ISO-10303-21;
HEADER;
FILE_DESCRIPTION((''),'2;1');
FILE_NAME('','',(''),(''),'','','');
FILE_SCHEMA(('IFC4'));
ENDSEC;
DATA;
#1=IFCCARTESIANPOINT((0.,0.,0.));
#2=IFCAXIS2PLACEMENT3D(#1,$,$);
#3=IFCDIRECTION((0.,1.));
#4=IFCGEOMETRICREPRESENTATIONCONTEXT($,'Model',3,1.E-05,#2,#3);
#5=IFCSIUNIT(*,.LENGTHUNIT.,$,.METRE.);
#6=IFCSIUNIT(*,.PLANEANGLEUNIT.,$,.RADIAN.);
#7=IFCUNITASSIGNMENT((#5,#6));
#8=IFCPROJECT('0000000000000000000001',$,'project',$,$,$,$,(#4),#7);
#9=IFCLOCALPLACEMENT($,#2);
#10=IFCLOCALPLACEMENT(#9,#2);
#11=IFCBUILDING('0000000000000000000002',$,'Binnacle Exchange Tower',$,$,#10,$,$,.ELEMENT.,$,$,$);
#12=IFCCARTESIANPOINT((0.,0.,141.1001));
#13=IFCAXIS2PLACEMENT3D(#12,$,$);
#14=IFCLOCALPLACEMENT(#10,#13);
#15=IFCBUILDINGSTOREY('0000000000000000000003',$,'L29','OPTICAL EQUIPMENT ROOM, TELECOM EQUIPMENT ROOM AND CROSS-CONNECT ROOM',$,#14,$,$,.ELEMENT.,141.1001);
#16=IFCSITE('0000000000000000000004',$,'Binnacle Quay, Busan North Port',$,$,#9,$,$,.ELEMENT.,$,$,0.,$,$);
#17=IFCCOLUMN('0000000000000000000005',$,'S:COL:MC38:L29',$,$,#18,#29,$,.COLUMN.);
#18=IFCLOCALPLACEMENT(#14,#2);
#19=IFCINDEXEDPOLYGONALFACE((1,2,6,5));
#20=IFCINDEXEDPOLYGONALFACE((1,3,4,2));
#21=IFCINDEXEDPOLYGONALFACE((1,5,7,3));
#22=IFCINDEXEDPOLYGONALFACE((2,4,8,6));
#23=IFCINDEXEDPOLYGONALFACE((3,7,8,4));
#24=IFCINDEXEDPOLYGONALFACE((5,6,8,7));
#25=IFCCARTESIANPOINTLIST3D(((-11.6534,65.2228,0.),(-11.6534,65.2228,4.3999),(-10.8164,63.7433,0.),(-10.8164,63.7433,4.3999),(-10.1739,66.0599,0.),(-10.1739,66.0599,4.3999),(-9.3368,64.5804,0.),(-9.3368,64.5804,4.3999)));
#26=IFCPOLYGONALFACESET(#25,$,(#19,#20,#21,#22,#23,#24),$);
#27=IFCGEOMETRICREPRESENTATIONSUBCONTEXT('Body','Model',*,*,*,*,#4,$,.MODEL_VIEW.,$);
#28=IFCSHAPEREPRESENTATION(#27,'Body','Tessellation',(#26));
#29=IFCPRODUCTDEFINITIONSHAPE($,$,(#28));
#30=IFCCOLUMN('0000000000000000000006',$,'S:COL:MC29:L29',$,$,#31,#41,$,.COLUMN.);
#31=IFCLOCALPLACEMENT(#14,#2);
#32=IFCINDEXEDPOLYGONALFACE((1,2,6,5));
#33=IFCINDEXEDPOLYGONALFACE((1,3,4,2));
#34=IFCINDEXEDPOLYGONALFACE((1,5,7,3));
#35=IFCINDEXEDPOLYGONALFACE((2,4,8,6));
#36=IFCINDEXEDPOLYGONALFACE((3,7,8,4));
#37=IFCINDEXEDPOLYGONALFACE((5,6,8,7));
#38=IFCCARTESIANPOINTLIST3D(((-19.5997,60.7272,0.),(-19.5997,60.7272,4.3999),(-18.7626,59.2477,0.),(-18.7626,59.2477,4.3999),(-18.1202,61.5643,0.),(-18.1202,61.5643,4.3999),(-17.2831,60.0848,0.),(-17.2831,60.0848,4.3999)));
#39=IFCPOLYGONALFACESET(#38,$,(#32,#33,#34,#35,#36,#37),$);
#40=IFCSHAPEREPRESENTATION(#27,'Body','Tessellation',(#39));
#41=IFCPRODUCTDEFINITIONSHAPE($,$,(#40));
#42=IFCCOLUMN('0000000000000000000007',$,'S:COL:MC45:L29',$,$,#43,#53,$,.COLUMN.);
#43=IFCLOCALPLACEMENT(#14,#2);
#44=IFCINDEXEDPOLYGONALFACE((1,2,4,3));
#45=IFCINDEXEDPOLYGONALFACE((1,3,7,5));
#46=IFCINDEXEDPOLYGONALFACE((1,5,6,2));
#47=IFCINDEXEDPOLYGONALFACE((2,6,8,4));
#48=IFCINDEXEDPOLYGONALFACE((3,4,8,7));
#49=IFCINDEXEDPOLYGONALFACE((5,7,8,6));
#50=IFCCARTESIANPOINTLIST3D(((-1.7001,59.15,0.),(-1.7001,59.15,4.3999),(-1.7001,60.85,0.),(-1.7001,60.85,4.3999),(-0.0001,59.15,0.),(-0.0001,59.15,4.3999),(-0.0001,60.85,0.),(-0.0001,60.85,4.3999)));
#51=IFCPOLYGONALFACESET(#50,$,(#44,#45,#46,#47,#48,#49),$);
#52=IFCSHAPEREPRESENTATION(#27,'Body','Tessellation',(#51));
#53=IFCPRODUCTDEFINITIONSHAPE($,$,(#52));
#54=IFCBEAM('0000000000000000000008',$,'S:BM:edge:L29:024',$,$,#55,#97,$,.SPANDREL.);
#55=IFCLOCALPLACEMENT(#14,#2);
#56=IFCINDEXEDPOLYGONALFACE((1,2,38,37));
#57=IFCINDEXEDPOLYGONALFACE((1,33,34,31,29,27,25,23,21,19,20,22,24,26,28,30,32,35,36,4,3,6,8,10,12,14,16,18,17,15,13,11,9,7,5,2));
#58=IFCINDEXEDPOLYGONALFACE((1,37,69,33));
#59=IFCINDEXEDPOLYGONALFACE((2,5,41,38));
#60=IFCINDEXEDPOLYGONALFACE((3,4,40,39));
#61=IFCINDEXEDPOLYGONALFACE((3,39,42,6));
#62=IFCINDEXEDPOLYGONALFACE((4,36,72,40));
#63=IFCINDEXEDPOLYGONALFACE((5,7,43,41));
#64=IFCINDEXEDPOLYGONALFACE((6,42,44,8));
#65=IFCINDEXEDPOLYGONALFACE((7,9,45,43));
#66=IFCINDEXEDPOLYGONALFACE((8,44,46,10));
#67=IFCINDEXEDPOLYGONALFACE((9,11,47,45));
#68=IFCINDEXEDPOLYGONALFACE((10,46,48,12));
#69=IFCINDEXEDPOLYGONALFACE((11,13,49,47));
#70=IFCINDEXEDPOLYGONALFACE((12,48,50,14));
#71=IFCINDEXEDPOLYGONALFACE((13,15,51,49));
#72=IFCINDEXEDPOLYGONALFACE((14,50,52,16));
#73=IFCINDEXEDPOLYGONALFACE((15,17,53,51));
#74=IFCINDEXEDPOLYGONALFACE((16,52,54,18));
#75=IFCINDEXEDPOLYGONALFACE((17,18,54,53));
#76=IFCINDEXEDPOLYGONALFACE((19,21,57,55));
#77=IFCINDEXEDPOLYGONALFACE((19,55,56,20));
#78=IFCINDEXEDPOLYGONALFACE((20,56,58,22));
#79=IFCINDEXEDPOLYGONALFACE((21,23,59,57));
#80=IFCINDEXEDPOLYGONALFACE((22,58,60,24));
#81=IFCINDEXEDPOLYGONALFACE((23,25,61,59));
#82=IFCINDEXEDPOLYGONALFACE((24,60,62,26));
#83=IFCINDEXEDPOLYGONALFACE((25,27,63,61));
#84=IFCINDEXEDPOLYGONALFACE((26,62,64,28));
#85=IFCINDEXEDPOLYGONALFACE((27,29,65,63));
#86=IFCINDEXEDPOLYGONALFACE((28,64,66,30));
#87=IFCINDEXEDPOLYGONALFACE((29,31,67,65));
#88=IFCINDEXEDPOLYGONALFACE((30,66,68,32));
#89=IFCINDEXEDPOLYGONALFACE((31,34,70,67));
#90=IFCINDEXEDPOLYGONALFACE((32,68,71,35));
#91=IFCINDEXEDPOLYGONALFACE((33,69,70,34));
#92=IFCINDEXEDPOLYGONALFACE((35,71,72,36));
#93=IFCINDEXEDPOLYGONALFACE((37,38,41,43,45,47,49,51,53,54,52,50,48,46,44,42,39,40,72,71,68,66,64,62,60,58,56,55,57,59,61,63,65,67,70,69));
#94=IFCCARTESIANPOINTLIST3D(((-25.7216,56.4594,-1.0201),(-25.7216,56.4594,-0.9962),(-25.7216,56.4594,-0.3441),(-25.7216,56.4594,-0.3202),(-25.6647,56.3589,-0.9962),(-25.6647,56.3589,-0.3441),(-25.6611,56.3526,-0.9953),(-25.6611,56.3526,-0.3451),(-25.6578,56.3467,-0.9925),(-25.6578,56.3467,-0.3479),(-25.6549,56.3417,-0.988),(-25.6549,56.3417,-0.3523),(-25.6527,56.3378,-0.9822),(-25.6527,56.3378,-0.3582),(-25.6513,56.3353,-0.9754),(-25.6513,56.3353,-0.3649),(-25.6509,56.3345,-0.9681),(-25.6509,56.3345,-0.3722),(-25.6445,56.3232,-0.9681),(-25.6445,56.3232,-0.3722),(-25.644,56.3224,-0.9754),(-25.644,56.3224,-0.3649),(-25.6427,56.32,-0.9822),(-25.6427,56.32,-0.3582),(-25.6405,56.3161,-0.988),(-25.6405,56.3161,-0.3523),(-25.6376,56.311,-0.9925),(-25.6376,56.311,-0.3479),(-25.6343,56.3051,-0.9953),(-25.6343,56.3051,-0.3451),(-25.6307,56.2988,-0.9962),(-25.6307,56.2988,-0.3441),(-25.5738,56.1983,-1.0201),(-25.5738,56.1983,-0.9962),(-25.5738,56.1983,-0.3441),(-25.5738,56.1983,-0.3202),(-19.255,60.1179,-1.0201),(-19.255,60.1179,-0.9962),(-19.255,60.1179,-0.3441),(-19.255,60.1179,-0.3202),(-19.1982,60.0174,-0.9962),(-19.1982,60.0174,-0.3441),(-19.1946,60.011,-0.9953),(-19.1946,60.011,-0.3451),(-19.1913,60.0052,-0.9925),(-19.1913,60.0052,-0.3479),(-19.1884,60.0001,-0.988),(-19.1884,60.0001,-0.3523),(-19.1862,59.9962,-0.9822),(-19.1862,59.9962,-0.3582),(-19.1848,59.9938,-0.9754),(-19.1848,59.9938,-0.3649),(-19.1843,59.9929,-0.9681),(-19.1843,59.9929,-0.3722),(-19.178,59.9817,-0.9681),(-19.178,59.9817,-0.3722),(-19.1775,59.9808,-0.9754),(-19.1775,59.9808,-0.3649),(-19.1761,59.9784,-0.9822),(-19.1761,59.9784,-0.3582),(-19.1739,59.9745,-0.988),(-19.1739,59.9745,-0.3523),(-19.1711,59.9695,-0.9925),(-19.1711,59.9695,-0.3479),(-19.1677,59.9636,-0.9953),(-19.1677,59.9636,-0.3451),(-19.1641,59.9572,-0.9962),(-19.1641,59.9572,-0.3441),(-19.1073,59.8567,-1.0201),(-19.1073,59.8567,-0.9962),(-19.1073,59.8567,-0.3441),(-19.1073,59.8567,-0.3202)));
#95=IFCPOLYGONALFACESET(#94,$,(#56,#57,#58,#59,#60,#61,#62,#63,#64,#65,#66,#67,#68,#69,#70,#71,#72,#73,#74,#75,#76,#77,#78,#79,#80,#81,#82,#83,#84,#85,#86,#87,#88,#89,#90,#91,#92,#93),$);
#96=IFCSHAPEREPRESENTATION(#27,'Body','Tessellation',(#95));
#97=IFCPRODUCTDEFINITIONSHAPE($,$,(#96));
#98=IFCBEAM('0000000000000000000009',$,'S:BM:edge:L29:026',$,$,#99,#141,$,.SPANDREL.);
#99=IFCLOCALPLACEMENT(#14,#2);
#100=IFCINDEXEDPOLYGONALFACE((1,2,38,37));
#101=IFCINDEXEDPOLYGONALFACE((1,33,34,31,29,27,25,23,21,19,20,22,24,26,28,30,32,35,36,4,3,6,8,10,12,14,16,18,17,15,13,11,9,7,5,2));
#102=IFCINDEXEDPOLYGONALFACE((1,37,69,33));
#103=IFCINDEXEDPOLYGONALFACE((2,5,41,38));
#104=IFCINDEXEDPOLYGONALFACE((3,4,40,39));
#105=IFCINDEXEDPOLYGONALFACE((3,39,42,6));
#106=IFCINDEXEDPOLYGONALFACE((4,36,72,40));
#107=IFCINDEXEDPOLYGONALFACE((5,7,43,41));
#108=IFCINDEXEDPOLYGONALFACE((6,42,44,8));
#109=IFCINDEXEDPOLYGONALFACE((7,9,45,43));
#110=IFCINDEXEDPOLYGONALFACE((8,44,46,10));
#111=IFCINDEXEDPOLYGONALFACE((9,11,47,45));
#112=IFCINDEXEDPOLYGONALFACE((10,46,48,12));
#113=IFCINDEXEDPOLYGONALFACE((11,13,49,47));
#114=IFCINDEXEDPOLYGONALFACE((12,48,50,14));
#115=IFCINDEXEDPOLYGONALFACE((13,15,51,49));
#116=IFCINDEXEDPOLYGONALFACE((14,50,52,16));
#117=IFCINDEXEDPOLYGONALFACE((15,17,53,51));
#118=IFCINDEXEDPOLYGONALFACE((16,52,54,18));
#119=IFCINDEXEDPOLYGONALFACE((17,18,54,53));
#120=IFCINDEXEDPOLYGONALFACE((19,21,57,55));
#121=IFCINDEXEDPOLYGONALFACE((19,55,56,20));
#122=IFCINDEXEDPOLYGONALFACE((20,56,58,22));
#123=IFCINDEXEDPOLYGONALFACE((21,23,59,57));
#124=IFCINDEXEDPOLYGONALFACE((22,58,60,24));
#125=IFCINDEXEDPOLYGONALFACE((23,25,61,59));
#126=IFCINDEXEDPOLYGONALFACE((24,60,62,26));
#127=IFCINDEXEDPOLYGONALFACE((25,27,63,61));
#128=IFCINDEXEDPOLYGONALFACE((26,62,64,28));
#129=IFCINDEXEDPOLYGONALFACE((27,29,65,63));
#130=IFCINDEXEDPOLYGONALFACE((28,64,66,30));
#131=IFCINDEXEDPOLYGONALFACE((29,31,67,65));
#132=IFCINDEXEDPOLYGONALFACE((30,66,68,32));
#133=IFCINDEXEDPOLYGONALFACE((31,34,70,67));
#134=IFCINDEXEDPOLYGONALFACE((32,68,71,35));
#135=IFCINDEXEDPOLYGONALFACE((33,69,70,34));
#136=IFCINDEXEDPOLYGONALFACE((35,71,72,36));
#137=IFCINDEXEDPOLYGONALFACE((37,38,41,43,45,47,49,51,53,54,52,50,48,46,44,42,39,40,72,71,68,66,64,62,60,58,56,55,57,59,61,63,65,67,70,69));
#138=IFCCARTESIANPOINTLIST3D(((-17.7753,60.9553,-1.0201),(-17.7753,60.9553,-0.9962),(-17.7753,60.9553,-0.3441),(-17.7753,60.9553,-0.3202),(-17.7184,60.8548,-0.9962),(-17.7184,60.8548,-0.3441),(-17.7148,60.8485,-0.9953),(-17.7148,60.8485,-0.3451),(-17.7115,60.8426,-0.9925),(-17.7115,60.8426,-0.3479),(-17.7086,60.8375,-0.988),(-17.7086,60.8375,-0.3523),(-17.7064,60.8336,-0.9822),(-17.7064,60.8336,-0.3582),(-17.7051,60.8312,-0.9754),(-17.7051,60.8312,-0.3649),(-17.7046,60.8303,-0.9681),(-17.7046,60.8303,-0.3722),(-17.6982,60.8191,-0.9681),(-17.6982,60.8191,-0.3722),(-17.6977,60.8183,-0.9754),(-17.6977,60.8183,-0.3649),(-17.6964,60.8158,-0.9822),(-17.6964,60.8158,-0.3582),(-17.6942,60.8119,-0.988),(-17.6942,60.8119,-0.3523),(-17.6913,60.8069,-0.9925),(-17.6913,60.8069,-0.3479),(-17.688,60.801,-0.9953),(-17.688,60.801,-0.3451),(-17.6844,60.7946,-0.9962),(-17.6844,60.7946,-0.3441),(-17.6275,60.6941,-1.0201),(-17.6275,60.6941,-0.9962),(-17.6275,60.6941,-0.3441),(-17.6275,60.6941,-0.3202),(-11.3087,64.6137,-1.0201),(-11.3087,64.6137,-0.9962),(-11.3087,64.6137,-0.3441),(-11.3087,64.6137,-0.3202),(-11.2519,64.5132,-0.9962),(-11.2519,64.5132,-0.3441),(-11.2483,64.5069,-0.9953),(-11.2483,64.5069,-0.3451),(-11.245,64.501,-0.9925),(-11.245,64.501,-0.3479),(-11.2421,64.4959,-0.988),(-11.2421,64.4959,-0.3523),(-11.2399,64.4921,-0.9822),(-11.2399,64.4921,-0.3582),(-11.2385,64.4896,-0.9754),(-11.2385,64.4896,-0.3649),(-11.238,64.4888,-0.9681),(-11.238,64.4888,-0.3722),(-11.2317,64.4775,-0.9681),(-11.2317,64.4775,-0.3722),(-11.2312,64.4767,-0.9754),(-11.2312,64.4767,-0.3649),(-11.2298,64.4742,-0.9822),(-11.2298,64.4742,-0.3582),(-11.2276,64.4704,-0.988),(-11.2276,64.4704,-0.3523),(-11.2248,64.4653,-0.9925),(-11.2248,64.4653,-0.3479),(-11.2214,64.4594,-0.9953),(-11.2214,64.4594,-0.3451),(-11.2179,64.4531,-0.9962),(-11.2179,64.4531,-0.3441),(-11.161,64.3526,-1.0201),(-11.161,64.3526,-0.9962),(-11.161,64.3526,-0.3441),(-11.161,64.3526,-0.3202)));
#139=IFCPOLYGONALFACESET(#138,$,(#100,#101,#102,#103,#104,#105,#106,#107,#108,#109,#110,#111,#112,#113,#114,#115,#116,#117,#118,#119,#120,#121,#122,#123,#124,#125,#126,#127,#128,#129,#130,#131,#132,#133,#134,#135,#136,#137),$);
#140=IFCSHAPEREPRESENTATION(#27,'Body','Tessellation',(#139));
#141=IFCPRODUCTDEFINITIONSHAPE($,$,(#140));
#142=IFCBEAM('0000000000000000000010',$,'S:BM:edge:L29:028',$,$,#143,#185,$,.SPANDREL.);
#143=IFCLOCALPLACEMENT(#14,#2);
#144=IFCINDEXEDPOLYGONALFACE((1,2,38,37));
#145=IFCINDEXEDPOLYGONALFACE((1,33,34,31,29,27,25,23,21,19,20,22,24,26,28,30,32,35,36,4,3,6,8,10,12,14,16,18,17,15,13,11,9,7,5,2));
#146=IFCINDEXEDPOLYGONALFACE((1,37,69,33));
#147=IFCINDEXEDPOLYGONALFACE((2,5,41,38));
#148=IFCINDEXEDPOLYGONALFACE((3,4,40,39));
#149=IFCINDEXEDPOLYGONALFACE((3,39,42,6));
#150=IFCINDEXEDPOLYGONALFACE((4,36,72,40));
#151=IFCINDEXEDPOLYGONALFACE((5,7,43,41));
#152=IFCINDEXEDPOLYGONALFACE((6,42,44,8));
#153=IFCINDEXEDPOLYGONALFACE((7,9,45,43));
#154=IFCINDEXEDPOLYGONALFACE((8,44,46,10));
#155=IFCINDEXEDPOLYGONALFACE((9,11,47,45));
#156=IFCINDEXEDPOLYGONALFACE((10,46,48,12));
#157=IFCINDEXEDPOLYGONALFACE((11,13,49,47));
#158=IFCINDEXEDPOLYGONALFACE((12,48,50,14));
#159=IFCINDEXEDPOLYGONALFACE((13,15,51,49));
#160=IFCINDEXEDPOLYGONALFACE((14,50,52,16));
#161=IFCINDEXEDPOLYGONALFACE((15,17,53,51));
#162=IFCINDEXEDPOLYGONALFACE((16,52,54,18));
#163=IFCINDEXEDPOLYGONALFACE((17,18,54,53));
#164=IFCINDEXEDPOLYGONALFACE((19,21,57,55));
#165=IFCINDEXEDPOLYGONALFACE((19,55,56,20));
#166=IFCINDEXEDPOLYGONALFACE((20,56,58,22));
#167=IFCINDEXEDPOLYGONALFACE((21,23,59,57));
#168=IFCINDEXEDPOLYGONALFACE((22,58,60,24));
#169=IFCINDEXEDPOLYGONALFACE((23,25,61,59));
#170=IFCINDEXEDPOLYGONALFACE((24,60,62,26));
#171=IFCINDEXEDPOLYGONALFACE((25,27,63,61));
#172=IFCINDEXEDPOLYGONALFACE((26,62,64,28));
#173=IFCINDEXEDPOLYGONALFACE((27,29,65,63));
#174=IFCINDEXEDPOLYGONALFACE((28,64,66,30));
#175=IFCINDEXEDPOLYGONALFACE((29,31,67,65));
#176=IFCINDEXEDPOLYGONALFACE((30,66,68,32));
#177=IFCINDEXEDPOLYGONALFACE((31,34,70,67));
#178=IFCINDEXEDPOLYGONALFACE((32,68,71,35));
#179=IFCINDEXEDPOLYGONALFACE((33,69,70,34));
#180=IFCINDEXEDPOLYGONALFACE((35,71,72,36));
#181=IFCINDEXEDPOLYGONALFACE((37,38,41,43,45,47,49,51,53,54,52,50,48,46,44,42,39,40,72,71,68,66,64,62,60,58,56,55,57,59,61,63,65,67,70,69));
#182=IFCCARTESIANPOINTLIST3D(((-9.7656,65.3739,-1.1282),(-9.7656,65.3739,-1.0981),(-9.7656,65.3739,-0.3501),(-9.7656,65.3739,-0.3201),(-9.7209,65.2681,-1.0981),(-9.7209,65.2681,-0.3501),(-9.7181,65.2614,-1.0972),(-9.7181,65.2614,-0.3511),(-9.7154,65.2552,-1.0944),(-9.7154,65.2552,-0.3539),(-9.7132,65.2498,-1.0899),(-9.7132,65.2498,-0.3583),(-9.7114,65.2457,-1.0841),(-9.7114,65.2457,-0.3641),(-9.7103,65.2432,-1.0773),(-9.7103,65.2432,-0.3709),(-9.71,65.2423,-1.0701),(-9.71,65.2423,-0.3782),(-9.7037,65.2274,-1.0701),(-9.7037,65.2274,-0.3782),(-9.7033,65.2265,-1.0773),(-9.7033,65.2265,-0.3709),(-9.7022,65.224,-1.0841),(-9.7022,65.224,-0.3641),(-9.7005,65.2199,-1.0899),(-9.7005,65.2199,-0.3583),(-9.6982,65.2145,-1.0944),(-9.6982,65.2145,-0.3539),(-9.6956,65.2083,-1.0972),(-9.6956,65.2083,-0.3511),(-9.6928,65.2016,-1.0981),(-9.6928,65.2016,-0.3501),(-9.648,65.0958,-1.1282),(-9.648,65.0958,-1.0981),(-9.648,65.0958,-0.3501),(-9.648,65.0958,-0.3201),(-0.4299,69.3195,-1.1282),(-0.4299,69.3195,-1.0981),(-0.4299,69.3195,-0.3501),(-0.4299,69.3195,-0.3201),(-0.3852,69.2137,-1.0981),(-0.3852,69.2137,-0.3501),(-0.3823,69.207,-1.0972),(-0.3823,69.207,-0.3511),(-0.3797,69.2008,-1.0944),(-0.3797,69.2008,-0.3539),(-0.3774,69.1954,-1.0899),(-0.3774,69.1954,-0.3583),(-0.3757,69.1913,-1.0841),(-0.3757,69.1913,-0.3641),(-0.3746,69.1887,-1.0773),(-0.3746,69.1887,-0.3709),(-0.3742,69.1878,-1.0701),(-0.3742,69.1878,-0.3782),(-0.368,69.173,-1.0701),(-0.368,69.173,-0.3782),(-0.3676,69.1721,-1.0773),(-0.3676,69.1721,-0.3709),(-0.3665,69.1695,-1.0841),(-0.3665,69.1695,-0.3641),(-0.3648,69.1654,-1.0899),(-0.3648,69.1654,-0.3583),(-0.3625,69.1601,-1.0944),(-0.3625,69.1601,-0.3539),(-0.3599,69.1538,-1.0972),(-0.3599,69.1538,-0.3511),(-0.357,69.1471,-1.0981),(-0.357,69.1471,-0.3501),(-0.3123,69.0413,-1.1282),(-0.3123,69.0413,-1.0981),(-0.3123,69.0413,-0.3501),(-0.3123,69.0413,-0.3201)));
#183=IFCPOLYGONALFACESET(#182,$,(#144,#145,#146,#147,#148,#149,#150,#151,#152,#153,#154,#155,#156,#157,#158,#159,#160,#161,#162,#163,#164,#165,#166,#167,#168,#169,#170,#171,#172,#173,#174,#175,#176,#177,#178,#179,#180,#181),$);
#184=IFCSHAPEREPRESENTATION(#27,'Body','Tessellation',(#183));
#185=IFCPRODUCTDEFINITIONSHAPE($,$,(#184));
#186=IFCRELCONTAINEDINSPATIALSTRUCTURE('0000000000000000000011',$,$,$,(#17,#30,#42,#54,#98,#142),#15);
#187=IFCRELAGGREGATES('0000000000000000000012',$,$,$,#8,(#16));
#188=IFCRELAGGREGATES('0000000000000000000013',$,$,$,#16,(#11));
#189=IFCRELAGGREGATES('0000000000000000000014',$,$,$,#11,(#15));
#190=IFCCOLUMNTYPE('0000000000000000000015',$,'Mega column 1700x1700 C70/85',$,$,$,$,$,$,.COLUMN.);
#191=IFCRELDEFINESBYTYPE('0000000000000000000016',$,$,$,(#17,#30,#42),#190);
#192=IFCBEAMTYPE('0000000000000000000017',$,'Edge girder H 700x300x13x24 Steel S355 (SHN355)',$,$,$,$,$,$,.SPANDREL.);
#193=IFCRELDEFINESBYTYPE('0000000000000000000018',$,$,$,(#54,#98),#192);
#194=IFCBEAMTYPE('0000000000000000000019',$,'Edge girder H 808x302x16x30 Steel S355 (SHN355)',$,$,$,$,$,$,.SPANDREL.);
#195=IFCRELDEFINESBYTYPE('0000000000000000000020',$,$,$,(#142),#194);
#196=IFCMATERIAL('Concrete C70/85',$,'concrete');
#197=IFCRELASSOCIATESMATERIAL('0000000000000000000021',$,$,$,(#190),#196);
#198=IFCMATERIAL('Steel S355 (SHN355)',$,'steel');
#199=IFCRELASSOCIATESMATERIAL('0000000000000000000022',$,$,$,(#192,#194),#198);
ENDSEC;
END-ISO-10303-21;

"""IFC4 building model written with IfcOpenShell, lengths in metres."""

from ifc_helpers import new_model, si_unit, direction, frame, origin, origin_2d, place, context, subcontext, project, spatial, rectangle, i_section, extrude, material, material_profile, profile_set, type_object, element, save


model = new_model("IFC4")

# Units and contexts
model_context = context("Model", 3, precision=1e-05, world=origin(), true_north=direction((0.0, 1.0)))
body_context = subcontext(model_context, "Body", "Model", "MODEL_VIEW")
ifc_project = project(units=[si_unit("LENGTHUNIT", "METRE"), si_unit("PLANEANGLEUNIT", "RADIAN")], contexts=[model_context])

# Site, building, storey
site_placement = place(None, origin())
site = spatial("IfcSite", under=ifc_project, at=site_placement, Name="Binnacle Quay, Busan North Port", CompositionType="ELEMENT", RefElevation=0.0)
building_placement = place(site_placement, origin())
building = spatial("IfcBuilding", under=site, at=building_placement, Name="Binnacle Exchange Tower", CompositionType="ELEMENT")
storey_placement = place(building_placement, frame((0.0, 0.0, 141.1001)))
storey = spatial("IfcBuildingStorey", under=building, at=storey_placement, Name="L29", Description="OPTICAL EQUIPMENT ROOM, TELECOM EQUIPMENT ROOM AND CROSS-CONNECT ROOM", CompositionType="ELEMENT", Elevation=141.1001)

# Columns
ifc_material_1 = material(Name="Concrete C70/85", Category="concrete")
ifc_material_profile_1 = material_profile(ifc_material_1, rectangle(XDim=1.7, YDim=1.7, at=origin_2d()), Name="Mega column 1700x1700 C70/85")
ifc_profile_set_1 = profile_set([ifc_material_profile_1], Name="Concrete C70/85")
column_type = type_object("IfcColumnType", Name="Mega column 1700x1700 C70/85", PredefinedType="COLUMN", material=ifc_profile_set_1)
for number, where, z_axis, x_axis, name in (
    (1, (-10.4951, 64.9016, 0.0), (0.0, 0.0, 1.0), (-0.870356, -0.492424, 0.0), "S:COL:MC38:L29"),
    (2, (-18.4414, 60.406, 0.0), (0.0, 0.0, 1.0), (-0.870356, -0.492424, 0.0), "S:COL:MC29:L29"),
    (3, (-0.8501, 60.0, 0.0), (0.0, 0.0, 1.0), (0.0, 1.0, 0.0), "S:COL:MC45:L29"),
):
    element("IfcColumn", number, at=place(storey_placement, frame(where, z_axis=z_axis, x_axis=x_axis)), inside=storey, type_object=column_type, Name=name, PredefinedType="COLUMN", context=body_context, shape_type="SweptSolid", body=[
        extrude(rectangle(XDim=1.7, YDim=1.7, at=origin_2d()), origin(), (0.0, 0.0, 1.0), 4.3999),
    ])

# Beams
ifc_material_2 = material(Name="Steel S355 (SHN355)", Category="steel")
ifc_material_profile_2 = material_profile(ifc_material_2, i_section(OverallWidth=0.3, OverallDepth=0.7, WebThickness=0.0129, FlangeThickness=0.0239, FilletRadius=0.0281, at=origin_2d()), Name="H 700x300x13x24")
ifc_profile_set_2 = profile_set([ifc_material_profile_2], Name="Steel S355 (SHN355)")
beam_type_1 = type_object("IfcBeamType", Name="Edge girder H 700x300x13x24 Steel S355 (SHN355)", PredefinedType="SPANDREL", material=ifc_profile_set_2)
for number, where, z_axis, x_axis, name in (
    (4, (-19.1812, 59.9873, -0.6702), (-0.870364, -0.492408, 0.0), (0.492408, -0.870364, 0.0), "S:BM:edge:L29:024"),
    (5, (-11.2349, 64.4832, -0.6702), (-0.870364, -0.492408, 0.0), (0.492408, -0.870364, 0.0), "S:BM:edge:L29:026"),
):
    element("IfcBeam", number, at=place(storey_placement, frame(where, z_axis=z_axis, x_axis=x_axis)), inside=storey, type_object=beam_type_1, Name=name, PredefinedType="SPANDREL", context=body_context, shape_type="SweptSolid", body=[
        extrude(i_section(OverallWidth=0.3, OverallDepth=0.7, WebThickness=0.0129, FlangeThickness=0.0239, FilletRadius=0.0281, at=origin_2d()), origin(), (0.0, 0.0, 1.0), 7.4297),
    ])
ifc_material_profile_3 = material_profile(ifc_material_2, i_section(OverallWidth=0.302, OverallDepth=0.8081, WebThickness=0.0161, FlangeThickness=0.03, FilletRadius=0.0281, at=origin_2d()), Name="H 808x302x16x30")
ifc_profile_set_3 = profile_set([ifc_material_profile_3], Name="Steel S355 (SHN355)")
beam_type_2 = type_object("IfcBeamType", Name="Edge girder H 808x302x16x30 Steel S355 (SHN355)", PredefinedType="SPANDREL", material=ifc_profile_set_3)
beam_1_placement = place(storey_placement, frame((-0.3711, 69.1804, -0.7241), z_axis=(-0.921114, -0.389292, 0.0), x_axis=(0.389292, -0.921114, 0.0)))
element("IfcBeam", 6, at=beam_1_placement, inside=storey, type_object=beam_type_2, Name="S:BM:edge:L29:028", PredefinedType="SPANDREL", context=body_context, shape_type="SweptSolid", body=[
    extrude(i_section(OverallWidth=0.302, OverallDepth=0.8081, WebThickness=0.0161, FlangeThickness=0.03, FilletRadius=0.0281, at=origin_2d()), origin(), (0.0, 0.0, 1.0), 10.1353),
])

save(model, "model.ifc")
